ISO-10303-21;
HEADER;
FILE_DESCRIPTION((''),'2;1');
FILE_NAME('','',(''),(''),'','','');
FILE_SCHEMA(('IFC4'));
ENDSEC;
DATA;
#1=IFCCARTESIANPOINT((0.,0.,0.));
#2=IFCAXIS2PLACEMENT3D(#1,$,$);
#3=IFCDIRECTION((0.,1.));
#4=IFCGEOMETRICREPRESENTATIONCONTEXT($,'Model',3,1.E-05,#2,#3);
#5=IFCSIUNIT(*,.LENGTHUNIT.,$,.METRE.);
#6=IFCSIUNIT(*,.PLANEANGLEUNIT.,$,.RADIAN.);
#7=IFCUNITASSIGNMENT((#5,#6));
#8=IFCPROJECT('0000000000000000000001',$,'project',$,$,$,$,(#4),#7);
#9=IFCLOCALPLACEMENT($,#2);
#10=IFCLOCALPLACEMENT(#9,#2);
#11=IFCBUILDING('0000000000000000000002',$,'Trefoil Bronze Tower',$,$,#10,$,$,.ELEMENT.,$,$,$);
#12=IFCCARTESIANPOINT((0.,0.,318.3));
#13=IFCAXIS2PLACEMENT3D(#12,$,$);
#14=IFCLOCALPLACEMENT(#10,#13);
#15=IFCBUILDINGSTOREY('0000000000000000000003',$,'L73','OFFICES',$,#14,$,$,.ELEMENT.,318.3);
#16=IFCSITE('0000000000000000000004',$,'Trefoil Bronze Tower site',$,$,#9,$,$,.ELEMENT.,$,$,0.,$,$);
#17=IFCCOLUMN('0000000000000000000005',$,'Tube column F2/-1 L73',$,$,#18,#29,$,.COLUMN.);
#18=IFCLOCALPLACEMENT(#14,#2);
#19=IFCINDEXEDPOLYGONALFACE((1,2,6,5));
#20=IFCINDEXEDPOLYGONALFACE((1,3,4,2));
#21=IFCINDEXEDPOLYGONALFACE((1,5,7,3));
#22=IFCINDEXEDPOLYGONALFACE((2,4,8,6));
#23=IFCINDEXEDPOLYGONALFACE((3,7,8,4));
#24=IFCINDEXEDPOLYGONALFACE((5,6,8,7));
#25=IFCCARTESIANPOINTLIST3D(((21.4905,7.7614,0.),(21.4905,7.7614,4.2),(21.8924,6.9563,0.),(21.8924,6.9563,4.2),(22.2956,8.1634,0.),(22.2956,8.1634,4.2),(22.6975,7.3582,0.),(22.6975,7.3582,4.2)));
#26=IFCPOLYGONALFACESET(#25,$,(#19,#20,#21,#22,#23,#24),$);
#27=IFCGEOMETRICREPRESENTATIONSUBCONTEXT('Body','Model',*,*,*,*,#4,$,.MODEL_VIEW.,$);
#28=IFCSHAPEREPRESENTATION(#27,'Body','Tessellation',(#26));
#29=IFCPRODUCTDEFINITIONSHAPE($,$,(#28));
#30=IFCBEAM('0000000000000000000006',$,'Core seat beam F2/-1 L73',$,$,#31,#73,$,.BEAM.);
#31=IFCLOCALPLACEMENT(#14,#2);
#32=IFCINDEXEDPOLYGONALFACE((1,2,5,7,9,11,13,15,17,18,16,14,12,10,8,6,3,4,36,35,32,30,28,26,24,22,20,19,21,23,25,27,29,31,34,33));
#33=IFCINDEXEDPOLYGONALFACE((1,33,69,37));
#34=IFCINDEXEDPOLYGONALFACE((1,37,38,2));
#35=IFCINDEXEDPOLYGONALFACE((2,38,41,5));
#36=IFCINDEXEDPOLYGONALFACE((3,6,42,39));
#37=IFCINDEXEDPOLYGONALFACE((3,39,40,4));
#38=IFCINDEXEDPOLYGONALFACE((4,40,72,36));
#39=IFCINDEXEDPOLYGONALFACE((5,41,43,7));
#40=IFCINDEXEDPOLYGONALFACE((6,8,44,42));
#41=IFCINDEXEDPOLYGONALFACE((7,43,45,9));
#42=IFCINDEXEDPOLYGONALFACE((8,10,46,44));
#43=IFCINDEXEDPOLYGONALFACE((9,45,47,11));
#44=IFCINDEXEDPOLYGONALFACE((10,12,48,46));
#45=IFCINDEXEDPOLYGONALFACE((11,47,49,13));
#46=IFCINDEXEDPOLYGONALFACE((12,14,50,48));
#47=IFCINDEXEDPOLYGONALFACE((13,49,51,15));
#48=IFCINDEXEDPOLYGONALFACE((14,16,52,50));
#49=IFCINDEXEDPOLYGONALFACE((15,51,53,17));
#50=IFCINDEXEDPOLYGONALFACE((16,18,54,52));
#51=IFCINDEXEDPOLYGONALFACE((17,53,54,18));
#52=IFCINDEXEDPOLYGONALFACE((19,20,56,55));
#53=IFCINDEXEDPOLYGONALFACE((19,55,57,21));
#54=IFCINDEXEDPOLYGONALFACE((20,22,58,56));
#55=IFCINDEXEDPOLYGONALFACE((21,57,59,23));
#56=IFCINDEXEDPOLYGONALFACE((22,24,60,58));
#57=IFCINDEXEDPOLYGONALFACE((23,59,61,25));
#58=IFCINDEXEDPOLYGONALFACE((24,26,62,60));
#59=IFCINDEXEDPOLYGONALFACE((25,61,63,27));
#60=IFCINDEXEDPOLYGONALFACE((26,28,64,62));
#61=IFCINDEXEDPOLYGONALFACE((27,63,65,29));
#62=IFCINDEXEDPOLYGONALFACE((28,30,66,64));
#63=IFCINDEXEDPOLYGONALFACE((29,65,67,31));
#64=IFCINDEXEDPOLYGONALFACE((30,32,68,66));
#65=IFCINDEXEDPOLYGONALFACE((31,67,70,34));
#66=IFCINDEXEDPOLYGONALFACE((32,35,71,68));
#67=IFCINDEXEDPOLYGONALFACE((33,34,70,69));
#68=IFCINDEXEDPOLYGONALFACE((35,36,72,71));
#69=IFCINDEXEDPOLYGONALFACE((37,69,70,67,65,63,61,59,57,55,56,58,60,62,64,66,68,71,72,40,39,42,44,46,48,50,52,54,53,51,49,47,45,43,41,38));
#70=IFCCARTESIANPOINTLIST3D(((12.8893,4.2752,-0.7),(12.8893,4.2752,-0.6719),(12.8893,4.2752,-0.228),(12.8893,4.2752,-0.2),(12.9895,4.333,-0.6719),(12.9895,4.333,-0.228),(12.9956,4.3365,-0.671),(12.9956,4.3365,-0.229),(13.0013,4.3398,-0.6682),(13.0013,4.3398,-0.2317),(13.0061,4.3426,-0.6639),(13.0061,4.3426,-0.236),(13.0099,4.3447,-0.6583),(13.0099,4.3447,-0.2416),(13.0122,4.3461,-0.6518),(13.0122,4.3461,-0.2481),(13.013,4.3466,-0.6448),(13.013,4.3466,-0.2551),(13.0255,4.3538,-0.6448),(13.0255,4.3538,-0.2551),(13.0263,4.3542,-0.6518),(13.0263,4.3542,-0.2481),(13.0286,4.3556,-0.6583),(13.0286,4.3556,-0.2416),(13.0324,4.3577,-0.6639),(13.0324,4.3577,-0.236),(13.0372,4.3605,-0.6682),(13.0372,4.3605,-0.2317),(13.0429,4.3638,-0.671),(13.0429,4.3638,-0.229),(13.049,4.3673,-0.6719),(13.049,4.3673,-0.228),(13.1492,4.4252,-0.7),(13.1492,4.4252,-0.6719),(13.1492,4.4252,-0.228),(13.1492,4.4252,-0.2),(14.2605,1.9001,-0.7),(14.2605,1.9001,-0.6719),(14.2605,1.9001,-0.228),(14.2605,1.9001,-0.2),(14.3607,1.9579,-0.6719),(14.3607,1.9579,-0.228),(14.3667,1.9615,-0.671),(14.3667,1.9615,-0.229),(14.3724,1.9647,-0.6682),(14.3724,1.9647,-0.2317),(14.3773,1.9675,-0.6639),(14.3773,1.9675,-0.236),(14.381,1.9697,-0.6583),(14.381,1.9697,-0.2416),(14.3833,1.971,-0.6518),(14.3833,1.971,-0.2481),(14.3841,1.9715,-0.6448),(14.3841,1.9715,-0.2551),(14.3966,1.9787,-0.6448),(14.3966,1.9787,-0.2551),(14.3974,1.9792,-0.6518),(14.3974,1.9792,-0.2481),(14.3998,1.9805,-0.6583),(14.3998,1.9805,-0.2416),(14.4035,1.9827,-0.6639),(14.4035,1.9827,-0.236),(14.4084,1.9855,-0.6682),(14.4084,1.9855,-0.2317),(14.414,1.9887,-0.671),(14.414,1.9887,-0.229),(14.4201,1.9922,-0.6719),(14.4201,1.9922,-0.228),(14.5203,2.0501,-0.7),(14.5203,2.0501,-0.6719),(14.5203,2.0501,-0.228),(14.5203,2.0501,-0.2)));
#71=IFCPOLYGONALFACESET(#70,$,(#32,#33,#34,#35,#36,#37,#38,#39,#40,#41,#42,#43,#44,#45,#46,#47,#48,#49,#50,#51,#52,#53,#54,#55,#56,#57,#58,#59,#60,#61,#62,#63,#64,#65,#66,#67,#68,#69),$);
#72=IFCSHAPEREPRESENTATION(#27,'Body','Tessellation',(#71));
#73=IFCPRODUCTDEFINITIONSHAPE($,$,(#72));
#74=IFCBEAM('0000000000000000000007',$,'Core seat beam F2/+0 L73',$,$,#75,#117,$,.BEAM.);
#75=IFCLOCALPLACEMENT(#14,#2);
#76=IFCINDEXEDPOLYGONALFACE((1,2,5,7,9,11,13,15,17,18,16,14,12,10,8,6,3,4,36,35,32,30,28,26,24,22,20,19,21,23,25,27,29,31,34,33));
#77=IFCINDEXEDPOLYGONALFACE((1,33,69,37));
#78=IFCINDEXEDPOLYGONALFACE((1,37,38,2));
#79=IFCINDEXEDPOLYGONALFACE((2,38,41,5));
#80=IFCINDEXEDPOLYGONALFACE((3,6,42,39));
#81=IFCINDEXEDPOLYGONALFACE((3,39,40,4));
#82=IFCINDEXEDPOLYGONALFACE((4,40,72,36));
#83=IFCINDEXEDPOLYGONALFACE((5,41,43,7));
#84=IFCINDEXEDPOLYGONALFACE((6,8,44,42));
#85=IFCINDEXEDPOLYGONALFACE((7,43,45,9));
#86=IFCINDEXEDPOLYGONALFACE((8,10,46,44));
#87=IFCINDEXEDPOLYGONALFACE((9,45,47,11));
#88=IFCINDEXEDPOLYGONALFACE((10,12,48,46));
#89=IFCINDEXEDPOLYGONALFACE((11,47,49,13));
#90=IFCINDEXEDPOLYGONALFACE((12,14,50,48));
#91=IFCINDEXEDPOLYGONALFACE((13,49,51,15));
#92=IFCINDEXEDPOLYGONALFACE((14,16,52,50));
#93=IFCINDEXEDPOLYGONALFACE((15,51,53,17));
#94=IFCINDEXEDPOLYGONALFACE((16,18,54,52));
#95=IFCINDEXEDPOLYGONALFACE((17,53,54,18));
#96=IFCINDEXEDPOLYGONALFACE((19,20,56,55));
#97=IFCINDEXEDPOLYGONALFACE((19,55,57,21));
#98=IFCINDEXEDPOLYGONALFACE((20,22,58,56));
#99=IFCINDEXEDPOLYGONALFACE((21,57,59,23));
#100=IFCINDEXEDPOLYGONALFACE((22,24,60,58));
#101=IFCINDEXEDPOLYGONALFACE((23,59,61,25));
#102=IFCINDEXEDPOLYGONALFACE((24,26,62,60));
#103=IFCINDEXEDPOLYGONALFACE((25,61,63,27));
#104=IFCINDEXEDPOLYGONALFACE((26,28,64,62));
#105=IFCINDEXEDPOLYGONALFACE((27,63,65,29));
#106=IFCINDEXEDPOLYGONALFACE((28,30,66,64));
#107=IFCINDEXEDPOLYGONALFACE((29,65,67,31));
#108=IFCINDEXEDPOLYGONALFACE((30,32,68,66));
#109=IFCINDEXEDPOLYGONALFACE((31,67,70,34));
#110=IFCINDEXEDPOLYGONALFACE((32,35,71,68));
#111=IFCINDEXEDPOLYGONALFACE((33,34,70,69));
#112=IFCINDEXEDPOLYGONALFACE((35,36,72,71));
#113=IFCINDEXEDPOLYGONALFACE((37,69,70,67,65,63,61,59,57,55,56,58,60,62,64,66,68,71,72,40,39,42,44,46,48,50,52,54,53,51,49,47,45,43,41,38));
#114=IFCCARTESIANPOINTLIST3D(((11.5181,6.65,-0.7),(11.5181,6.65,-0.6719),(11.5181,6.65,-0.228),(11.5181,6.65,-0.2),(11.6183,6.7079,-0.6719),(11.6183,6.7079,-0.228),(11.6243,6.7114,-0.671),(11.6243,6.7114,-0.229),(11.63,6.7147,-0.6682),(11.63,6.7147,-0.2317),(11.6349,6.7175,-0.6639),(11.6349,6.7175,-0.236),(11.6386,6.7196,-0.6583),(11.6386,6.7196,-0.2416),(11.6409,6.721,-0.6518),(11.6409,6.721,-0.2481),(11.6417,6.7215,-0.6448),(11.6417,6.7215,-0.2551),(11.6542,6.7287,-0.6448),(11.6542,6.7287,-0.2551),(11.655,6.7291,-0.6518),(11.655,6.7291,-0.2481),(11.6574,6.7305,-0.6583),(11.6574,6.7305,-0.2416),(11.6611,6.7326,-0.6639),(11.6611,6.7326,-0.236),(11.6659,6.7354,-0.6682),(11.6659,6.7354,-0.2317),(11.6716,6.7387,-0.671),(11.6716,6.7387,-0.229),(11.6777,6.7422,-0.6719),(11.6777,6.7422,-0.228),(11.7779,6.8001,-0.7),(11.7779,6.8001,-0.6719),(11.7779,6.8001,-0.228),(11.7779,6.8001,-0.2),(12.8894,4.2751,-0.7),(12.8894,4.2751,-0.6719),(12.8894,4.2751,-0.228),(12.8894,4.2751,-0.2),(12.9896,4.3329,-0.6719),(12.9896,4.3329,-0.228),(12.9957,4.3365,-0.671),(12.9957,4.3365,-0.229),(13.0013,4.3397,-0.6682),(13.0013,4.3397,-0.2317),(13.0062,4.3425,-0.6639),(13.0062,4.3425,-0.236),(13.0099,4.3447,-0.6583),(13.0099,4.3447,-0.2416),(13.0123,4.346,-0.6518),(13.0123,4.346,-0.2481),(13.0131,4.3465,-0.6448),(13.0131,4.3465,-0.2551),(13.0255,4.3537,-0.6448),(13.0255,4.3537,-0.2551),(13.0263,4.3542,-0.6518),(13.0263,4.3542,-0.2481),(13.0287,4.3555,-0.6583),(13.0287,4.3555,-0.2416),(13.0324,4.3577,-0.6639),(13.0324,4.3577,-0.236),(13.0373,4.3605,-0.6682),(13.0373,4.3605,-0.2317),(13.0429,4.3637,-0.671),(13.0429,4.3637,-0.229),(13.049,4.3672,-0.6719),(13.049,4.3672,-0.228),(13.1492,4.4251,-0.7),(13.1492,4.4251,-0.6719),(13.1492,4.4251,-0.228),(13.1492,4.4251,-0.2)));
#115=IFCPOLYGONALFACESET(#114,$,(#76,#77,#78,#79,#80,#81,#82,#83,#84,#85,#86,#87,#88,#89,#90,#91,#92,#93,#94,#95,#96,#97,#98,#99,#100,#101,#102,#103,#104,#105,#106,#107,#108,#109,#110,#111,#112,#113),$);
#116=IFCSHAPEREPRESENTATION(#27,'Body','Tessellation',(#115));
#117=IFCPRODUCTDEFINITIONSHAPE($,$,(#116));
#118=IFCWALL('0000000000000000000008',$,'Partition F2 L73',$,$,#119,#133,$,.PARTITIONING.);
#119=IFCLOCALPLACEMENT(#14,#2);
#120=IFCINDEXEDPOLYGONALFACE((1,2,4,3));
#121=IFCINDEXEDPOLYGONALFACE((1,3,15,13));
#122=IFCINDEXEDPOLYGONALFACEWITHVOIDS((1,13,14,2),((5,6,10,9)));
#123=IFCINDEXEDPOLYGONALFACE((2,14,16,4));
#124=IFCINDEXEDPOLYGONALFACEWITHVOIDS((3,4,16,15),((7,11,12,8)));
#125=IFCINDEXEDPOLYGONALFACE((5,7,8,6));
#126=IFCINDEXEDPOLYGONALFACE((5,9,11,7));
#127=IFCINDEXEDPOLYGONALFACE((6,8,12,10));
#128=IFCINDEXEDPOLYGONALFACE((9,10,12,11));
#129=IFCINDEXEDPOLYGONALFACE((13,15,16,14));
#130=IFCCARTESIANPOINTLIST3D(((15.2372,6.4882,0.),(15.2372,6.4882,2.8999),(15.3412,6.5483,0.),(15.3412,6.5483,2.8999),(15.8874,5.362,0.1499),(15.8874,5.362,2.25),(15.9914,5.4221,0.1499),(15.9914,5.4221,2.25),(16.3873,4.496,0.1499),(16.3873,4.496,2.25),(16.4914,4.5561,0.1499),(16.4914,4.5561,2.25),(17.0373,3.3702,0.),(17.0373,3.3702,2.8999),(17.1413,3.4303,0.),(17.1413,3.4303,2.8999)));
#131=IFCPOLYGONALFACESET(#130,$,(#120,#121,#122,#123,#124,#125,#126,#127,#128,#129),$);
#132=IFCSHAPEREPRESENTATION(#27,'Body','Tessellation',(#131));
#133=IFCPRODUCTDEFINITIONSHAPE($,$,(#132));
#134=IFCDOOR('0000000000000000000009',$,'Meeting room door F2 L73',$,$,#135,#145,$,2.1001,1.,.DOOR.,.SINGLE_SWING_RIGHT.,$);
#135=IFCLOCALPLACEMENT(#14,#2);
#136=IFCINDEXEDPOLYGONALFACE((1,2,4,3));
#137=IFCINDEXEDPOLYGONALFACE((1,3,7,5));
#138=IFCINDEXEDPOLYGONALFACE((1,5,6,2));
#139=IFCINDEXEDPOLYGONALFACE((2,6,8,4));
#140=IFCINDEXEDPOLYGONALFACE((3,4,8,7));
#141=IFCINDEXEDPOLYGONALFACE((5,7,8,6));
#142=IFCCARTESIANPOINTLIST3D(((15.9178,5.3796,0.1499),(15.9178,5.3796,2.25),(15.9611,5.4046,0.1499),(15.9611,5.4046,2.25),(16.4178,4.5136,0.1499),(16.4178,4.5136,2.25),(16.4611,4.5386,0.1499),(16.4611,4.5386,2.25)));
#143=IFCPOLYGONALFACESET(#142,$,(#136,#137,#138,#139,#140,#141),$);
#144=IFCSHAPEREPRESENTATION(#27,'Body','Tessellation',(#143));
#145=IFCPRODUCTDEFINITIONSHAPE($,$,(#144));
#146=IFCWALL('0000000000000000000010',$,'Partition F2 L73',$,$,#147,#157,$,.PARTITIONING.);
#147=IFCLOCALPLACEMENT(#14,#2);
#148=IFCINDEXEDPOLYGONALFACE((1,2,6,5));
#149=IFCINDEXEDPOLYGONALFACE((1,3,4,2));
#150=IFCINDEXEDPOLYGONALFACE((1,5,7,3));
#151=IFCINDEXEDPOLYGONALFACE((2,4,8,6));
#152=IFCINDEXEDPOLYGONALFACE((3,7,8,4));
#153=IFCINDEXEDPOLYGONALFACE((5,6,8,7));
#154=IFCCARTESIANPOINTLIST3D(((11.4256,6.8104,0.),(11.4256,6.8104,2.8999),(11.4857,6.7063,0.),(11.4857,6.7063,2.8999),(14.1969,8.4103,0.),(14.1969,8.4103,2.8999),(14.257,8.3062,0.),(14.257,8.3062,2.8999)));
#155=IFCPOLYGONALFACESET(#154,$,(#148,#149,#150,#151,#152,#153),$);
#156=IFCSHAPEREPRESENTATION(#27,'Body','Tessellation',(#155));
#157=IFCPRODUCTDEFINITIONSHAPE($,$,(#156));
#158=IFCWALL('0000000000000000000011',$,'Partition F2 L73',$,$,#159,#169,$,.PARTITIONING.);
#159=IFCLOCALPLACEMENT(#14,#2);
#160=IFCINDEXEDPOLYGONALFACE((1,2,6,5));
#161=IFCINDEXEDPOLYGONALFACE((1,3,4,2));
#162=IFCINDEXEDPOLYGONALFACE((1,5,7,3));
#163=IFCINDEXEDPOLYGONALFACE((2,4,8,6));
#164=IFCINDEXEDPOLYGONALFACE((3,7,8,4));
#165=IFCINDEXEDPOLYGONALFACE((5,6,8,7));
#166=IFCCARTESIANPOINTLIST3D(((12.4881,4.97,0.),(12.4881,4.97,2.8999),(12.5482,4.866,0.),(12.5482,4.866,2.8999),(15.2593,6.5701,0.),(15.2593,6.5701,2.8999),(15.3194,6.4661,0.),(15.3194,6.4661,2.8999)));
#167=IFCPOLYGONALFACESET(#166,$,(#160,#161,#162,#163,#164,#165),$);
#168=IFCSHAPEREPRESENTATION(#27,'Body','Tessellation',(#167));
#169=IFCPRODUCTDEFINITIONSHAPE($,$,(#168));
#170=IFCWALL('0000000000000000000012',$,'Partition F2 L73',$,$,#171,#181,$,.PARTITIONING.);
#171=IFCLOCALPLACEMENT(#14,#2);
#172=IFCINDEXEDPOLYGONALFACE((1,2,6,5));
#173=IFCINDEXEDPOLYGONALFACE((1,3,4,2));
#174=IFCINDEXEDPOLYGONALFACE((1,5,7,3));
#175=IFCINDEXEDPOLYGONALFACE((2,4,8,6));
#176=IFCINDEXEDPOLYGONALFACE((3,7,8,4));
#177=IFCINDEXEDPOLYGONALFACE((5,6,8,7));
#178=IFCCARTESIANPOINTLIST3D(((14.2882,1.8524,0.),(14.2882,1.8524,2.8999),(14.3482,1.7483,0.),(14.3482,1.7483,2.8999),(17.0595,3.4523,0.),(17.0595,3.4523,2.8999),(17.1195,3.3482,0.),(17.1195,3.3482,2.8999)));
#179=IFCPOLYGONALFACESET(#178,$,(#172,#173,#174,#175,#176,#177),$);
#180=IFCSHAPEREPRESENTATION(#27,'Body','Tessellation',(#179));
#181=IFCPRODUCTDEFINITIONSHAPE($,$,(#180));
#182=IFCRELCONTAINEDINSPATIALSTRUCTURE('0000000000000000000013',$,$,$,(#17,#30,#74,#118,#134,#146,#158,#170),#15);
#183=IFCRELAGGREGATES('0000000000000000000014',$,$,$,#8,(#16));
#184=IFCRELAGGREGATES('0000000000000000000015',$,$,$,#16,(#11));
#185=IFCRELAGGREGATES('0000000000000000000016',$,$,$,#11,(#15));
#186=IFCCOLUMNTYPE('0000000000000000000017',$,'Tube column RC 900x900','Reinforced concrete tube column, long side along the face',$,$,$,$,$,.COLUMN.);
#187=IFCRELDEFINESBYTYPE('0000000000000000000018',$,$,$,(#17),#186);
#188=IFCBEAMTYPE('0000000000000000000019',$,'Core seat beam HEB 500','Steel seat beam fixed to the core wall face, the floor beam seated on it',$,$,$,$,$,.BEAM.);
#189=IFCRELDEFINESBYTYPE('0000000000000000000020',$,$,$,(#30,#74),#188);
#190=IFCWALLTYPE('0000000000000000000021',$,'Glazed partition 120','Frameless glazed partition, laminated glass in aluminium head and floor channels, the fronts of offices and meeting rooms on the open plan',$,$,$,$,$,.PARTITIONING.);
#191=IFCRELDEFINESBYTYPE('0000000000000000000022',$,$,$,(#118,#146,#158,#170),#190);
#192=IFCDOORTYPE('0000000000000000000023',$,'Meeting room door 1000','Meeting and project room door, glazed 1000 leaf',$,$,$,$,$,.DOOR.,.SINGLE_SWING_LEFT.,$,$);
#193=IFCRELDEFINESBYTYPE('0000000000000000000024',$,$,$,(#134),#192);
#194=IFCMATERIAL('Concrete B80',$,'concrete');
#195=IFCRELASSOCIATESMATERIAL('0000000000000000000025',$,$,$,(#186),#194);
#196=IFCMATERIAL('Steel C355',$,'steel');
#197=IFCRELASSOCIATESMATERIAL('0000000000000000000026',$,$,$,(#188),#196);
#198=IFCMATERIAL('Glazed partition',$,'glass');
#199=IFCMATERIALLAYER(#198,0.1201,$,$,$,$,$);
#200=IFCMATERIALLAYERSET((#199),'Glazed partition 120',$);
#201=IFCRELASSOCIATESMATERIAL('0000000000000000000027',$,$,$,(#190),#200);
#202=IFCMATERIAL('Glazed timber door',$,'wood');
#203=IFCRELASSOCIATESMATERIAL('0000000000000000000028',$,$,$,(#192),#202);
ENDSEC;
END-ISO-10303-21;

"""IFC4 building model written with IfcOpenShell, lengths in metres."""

from ifc_helpers import new_model, si_unit, direction, frame, frame_2d, origin, origin_2d, place, context, subcontext, project, spatial, rectangle, i_section, extrude, material, layer, layer_set, material_profile, profile_set, type_object, element, fill, save


model = new_model("IFC4")

# Units and contexts
model_context = context("Model", 3, precision=1e-05, world=origin(), true_north=direction((0.0, 1.0)))
body_context = subcontext(model_context, "Body", "Model", "MODEL_VIEW")
ifc_project = project(units=[si_unit("LENGTHUNIT", "METRE"), si_unit("PLANEANGLEUNIT", "RADIAN")], contexts=[model_context])

# Site, building, storey
site_placement = place(None, origin())
site = spatial("IfcSite", under=ifc_project, at=site_placement, Name="Trefoil Bronze Tower site", CompositionType="ELEMENT", RefElevation=0.0)
building_placement = place(site_placement, origin())
building = spatial("IfcBuilding", under=site, at=building_placement, Name="Trefoil Bronze Tower", CompositionType="ELEMENT")
storey_placement = place(building_placement, frame((0.0, 0.0, 318.3)))
storey = spatial("IfcBuildingStorey", under=building, at=storey_placement, Name="L73", Description="OFFICES", CompositionType="ELEMENT", Elevation=318.3)

# Column
ifc_material_1 = material(Name="Concrete B80", Category="concrete")
ifc_material_profile_1 = material_profile(ifc_material_1, rectangle(XDim=0.8999, YDim=0.8999, at=origin_2d()), Name="RC 900x900")
ifc_profile_set_1 = profile_set([ifc_material_profile_1], Name="Concrete B80")
column_type = type_object("IfcColumnType", Name="Tube column RC 900x900", Description="Reinforced concrete tube column, long side along the face", PredefinedType="COLUMN", material=ifc_profile_set_1)
column_placement = place(storey_placement, frame((22.094, 7.5598, 0.0), z_axis=(0.0, 0.0, 1.0), x_axis=(-0.446641, 0.894713, 0.0)))
element("IfcColumn", 1, at=column_placement, inside=storey, type_object=column_type, Name="Tube column F2/-1 L73", PredefinedType="COLUMN", context=body_context, shape_type="SweptSolid", body=[
    extrude(rectangle(XDim=0.8999, YDim=0.8999, at=origin_2d()), origin(), (0.0, 0.0, 1.0), 4.2),
])

# Beams
ifc_material_2 = material(Name="Steel C355", Category="steel")
ifc_material_profile_2 = material_profile(ifc_material_2, i_section(OverallWidth=0.3, OverallDepth=0.5, WebThickness=0.0144, FlangeThickness=0.0281, FilletRadius=0.0271, at=origin_2d()), Name="HEB 500")
ifc_profile_set_2 = profile_set([ifc_material_profile_2], Name="Steel C355")
beam_type = type_object("IfcBeamType", Name="Core seat beam HEB 500", Description="Steel seat beam fixed to the core wall face, the floor beam seated on it", PredefinedType="BEAM", material=ifc_profile_set_2)
for number, where, z_axis, x_axis, name in (
    (2, (14.3904, 1.9751, -0.45), (-0.499969, 0.866043, 0.0), (-0.866043, -0.499969, 0.0), "Core seat beam F2/-1 L73"),
    (3, (13.0193, 4.3501, -0.45), (-0.500036, 0.866005, 0.0), (-0.866005, -0.500036, 0.0), "Core seat beam F2/+0 L73"),
):
    element("IfcBeam", number, at=place(storey_placement, frame(where, z_axis=z_axis, x_axis=x_axis)), inside=storey, type_object=beam_type, Name=name, PredefinedType="BEAM", context=body_context, shape_type="SweptSolid", body=[
        extrude(i_section(OverallWidth=0.3, OverallDepth=0.5, WebThickness=0.0144, FlangeThickness=0.0281, FilletRadius=0.0271, at=origin_2d()), origin(), (0.0, 0.0, 1.0), 2.7424),
    ])

# Wall, opening, door
ifc_material_3 = material(Name="Glazed partition", Category="glass")
ifc_layer_1 = layer(ifc_material_3, 0.1201)
ifc_layer_set_1 = layer_set([ifc_layer_1], Name="Glazed partition 120")
wall_type_1 = type_object("IfcWallType", Name="Glazed partition 120", Description="Frameless glazed partition, laminated glass in aluminium head and floor channels, the fronts of offices and meeting rooms on the open plan", PredefinedType="PARTITIONING", material=ifc_layer_set_1)
wall_1_placement = place(storey_placement, frame((17.0894, 3.4001, 0.0), z_axis=(0.0, 0.0, 1.0), x_axis=(-0.499983, 0.866035, 0.0)))
wall_1 = element("IfcWall", 4, at=wall_1_placement, inside=storey, type_object=wall_type_1, Name="Partition F2 L73", PredefinedType="PARTITIONING", context=body_context, shape_type="SweptSolid", body=[
    extrude(rectangle(XDim=3.6003, YDim=0.1201, at=frame_2d((1.8003, 0.0))), origin(), (0.0, 0.0, 1.0), 2.8999),
])
opening_1_placement = place(wall_1_placement, frame((1.3, 0.0, 0.1499)))
opening_1 = element("IfcOpeningElement", 5, at=opening_1_placement, cuts=wall_1, PredefinedType="OPENING", context=body_context, shape_type="SweptSolid", body=[
    extrude(rectangle(XDim=1.0, YDim=2.1001, at=frame_2d((0.5, 1.05))), frame((0.0, 0.0701, 0.0), z_axis=(0.0, -1.0, 0.0), x_axis=(1.0, 0.0, 0.0)), (0.0, 0.0, 1.0), 0.1401),
])
ifc_material_4 = material(Name="Glazed timber door", Category="wood")
door_type_1 = type_object("IfcDoorType", Name="Meeting room door 1000", Description="Meeting and project room door, glazed 1000 leaf", OperationType="SINGLE_SWING_LEFT", PredefinedType="DOOR", material=ifc_material_4)
door_1_placement = place(opening_1_placement, origin())
door_1 = element("IfcDoor", 6, at=door_1_placement, inside=storey, type_object=door_type_1, Name="Meeting room door F2 L73", OperationType="SINGLE_SWING_RIGHT", OverallHeight=2.1001, OverallWidth=1.0, PredefinedType="DOOR", context=body_context, shape_type="SweptSolid", body=[
    extrude(rectangle(XDim=1.0, YDim=2.1001, at=frame_2d((0.5, 1.05))), frame((0.0, 0.0249, 0.0), z_axis=(0.0, -1.0, 0.0), x_axis=(1.0, 0.0, 0.0)), (0.0, 0.0, 1.0), 0.05),
])
fill(opening_1, door_1)

# Walls
for number, where, z_axis, x_axis, name in (
    (7, (11.4556, 6.7583, 0.0), (0.0, 0.0, 1.0), (0.866042, 0.499971, 0.0), "Partition F2 L73"),
    (8, (12.5181, 4.918, 0.0), (0.0, 0.0, 1.0), (0.866009, 0.500028, 0.0), "Partition F2 L73"),
    (9, (14.3181, 1.8003, 0.0), (0.0, 0.0, 1.0), (0.866042, 0.499971, 0.0), "Partition F2 L73"),
):
    element("IfcWall", number, at=place(storey_placement, frame(where, z_axis=z_axis, x_axis=x_axis)), inside=storey, type_object=wall_type_1, Name=name, PredefinedType="PARTITIONING", context=body_context, shape_type="SweptSolid", body=[
        extrude(rectangle(XDim=3.2, YDim=0.1201, at=frame_2d((1.6001, 0.0))), origin(), (0.0, 0.0, 1.0), 2.8999),
    ])

save(model, "model.ifc")
